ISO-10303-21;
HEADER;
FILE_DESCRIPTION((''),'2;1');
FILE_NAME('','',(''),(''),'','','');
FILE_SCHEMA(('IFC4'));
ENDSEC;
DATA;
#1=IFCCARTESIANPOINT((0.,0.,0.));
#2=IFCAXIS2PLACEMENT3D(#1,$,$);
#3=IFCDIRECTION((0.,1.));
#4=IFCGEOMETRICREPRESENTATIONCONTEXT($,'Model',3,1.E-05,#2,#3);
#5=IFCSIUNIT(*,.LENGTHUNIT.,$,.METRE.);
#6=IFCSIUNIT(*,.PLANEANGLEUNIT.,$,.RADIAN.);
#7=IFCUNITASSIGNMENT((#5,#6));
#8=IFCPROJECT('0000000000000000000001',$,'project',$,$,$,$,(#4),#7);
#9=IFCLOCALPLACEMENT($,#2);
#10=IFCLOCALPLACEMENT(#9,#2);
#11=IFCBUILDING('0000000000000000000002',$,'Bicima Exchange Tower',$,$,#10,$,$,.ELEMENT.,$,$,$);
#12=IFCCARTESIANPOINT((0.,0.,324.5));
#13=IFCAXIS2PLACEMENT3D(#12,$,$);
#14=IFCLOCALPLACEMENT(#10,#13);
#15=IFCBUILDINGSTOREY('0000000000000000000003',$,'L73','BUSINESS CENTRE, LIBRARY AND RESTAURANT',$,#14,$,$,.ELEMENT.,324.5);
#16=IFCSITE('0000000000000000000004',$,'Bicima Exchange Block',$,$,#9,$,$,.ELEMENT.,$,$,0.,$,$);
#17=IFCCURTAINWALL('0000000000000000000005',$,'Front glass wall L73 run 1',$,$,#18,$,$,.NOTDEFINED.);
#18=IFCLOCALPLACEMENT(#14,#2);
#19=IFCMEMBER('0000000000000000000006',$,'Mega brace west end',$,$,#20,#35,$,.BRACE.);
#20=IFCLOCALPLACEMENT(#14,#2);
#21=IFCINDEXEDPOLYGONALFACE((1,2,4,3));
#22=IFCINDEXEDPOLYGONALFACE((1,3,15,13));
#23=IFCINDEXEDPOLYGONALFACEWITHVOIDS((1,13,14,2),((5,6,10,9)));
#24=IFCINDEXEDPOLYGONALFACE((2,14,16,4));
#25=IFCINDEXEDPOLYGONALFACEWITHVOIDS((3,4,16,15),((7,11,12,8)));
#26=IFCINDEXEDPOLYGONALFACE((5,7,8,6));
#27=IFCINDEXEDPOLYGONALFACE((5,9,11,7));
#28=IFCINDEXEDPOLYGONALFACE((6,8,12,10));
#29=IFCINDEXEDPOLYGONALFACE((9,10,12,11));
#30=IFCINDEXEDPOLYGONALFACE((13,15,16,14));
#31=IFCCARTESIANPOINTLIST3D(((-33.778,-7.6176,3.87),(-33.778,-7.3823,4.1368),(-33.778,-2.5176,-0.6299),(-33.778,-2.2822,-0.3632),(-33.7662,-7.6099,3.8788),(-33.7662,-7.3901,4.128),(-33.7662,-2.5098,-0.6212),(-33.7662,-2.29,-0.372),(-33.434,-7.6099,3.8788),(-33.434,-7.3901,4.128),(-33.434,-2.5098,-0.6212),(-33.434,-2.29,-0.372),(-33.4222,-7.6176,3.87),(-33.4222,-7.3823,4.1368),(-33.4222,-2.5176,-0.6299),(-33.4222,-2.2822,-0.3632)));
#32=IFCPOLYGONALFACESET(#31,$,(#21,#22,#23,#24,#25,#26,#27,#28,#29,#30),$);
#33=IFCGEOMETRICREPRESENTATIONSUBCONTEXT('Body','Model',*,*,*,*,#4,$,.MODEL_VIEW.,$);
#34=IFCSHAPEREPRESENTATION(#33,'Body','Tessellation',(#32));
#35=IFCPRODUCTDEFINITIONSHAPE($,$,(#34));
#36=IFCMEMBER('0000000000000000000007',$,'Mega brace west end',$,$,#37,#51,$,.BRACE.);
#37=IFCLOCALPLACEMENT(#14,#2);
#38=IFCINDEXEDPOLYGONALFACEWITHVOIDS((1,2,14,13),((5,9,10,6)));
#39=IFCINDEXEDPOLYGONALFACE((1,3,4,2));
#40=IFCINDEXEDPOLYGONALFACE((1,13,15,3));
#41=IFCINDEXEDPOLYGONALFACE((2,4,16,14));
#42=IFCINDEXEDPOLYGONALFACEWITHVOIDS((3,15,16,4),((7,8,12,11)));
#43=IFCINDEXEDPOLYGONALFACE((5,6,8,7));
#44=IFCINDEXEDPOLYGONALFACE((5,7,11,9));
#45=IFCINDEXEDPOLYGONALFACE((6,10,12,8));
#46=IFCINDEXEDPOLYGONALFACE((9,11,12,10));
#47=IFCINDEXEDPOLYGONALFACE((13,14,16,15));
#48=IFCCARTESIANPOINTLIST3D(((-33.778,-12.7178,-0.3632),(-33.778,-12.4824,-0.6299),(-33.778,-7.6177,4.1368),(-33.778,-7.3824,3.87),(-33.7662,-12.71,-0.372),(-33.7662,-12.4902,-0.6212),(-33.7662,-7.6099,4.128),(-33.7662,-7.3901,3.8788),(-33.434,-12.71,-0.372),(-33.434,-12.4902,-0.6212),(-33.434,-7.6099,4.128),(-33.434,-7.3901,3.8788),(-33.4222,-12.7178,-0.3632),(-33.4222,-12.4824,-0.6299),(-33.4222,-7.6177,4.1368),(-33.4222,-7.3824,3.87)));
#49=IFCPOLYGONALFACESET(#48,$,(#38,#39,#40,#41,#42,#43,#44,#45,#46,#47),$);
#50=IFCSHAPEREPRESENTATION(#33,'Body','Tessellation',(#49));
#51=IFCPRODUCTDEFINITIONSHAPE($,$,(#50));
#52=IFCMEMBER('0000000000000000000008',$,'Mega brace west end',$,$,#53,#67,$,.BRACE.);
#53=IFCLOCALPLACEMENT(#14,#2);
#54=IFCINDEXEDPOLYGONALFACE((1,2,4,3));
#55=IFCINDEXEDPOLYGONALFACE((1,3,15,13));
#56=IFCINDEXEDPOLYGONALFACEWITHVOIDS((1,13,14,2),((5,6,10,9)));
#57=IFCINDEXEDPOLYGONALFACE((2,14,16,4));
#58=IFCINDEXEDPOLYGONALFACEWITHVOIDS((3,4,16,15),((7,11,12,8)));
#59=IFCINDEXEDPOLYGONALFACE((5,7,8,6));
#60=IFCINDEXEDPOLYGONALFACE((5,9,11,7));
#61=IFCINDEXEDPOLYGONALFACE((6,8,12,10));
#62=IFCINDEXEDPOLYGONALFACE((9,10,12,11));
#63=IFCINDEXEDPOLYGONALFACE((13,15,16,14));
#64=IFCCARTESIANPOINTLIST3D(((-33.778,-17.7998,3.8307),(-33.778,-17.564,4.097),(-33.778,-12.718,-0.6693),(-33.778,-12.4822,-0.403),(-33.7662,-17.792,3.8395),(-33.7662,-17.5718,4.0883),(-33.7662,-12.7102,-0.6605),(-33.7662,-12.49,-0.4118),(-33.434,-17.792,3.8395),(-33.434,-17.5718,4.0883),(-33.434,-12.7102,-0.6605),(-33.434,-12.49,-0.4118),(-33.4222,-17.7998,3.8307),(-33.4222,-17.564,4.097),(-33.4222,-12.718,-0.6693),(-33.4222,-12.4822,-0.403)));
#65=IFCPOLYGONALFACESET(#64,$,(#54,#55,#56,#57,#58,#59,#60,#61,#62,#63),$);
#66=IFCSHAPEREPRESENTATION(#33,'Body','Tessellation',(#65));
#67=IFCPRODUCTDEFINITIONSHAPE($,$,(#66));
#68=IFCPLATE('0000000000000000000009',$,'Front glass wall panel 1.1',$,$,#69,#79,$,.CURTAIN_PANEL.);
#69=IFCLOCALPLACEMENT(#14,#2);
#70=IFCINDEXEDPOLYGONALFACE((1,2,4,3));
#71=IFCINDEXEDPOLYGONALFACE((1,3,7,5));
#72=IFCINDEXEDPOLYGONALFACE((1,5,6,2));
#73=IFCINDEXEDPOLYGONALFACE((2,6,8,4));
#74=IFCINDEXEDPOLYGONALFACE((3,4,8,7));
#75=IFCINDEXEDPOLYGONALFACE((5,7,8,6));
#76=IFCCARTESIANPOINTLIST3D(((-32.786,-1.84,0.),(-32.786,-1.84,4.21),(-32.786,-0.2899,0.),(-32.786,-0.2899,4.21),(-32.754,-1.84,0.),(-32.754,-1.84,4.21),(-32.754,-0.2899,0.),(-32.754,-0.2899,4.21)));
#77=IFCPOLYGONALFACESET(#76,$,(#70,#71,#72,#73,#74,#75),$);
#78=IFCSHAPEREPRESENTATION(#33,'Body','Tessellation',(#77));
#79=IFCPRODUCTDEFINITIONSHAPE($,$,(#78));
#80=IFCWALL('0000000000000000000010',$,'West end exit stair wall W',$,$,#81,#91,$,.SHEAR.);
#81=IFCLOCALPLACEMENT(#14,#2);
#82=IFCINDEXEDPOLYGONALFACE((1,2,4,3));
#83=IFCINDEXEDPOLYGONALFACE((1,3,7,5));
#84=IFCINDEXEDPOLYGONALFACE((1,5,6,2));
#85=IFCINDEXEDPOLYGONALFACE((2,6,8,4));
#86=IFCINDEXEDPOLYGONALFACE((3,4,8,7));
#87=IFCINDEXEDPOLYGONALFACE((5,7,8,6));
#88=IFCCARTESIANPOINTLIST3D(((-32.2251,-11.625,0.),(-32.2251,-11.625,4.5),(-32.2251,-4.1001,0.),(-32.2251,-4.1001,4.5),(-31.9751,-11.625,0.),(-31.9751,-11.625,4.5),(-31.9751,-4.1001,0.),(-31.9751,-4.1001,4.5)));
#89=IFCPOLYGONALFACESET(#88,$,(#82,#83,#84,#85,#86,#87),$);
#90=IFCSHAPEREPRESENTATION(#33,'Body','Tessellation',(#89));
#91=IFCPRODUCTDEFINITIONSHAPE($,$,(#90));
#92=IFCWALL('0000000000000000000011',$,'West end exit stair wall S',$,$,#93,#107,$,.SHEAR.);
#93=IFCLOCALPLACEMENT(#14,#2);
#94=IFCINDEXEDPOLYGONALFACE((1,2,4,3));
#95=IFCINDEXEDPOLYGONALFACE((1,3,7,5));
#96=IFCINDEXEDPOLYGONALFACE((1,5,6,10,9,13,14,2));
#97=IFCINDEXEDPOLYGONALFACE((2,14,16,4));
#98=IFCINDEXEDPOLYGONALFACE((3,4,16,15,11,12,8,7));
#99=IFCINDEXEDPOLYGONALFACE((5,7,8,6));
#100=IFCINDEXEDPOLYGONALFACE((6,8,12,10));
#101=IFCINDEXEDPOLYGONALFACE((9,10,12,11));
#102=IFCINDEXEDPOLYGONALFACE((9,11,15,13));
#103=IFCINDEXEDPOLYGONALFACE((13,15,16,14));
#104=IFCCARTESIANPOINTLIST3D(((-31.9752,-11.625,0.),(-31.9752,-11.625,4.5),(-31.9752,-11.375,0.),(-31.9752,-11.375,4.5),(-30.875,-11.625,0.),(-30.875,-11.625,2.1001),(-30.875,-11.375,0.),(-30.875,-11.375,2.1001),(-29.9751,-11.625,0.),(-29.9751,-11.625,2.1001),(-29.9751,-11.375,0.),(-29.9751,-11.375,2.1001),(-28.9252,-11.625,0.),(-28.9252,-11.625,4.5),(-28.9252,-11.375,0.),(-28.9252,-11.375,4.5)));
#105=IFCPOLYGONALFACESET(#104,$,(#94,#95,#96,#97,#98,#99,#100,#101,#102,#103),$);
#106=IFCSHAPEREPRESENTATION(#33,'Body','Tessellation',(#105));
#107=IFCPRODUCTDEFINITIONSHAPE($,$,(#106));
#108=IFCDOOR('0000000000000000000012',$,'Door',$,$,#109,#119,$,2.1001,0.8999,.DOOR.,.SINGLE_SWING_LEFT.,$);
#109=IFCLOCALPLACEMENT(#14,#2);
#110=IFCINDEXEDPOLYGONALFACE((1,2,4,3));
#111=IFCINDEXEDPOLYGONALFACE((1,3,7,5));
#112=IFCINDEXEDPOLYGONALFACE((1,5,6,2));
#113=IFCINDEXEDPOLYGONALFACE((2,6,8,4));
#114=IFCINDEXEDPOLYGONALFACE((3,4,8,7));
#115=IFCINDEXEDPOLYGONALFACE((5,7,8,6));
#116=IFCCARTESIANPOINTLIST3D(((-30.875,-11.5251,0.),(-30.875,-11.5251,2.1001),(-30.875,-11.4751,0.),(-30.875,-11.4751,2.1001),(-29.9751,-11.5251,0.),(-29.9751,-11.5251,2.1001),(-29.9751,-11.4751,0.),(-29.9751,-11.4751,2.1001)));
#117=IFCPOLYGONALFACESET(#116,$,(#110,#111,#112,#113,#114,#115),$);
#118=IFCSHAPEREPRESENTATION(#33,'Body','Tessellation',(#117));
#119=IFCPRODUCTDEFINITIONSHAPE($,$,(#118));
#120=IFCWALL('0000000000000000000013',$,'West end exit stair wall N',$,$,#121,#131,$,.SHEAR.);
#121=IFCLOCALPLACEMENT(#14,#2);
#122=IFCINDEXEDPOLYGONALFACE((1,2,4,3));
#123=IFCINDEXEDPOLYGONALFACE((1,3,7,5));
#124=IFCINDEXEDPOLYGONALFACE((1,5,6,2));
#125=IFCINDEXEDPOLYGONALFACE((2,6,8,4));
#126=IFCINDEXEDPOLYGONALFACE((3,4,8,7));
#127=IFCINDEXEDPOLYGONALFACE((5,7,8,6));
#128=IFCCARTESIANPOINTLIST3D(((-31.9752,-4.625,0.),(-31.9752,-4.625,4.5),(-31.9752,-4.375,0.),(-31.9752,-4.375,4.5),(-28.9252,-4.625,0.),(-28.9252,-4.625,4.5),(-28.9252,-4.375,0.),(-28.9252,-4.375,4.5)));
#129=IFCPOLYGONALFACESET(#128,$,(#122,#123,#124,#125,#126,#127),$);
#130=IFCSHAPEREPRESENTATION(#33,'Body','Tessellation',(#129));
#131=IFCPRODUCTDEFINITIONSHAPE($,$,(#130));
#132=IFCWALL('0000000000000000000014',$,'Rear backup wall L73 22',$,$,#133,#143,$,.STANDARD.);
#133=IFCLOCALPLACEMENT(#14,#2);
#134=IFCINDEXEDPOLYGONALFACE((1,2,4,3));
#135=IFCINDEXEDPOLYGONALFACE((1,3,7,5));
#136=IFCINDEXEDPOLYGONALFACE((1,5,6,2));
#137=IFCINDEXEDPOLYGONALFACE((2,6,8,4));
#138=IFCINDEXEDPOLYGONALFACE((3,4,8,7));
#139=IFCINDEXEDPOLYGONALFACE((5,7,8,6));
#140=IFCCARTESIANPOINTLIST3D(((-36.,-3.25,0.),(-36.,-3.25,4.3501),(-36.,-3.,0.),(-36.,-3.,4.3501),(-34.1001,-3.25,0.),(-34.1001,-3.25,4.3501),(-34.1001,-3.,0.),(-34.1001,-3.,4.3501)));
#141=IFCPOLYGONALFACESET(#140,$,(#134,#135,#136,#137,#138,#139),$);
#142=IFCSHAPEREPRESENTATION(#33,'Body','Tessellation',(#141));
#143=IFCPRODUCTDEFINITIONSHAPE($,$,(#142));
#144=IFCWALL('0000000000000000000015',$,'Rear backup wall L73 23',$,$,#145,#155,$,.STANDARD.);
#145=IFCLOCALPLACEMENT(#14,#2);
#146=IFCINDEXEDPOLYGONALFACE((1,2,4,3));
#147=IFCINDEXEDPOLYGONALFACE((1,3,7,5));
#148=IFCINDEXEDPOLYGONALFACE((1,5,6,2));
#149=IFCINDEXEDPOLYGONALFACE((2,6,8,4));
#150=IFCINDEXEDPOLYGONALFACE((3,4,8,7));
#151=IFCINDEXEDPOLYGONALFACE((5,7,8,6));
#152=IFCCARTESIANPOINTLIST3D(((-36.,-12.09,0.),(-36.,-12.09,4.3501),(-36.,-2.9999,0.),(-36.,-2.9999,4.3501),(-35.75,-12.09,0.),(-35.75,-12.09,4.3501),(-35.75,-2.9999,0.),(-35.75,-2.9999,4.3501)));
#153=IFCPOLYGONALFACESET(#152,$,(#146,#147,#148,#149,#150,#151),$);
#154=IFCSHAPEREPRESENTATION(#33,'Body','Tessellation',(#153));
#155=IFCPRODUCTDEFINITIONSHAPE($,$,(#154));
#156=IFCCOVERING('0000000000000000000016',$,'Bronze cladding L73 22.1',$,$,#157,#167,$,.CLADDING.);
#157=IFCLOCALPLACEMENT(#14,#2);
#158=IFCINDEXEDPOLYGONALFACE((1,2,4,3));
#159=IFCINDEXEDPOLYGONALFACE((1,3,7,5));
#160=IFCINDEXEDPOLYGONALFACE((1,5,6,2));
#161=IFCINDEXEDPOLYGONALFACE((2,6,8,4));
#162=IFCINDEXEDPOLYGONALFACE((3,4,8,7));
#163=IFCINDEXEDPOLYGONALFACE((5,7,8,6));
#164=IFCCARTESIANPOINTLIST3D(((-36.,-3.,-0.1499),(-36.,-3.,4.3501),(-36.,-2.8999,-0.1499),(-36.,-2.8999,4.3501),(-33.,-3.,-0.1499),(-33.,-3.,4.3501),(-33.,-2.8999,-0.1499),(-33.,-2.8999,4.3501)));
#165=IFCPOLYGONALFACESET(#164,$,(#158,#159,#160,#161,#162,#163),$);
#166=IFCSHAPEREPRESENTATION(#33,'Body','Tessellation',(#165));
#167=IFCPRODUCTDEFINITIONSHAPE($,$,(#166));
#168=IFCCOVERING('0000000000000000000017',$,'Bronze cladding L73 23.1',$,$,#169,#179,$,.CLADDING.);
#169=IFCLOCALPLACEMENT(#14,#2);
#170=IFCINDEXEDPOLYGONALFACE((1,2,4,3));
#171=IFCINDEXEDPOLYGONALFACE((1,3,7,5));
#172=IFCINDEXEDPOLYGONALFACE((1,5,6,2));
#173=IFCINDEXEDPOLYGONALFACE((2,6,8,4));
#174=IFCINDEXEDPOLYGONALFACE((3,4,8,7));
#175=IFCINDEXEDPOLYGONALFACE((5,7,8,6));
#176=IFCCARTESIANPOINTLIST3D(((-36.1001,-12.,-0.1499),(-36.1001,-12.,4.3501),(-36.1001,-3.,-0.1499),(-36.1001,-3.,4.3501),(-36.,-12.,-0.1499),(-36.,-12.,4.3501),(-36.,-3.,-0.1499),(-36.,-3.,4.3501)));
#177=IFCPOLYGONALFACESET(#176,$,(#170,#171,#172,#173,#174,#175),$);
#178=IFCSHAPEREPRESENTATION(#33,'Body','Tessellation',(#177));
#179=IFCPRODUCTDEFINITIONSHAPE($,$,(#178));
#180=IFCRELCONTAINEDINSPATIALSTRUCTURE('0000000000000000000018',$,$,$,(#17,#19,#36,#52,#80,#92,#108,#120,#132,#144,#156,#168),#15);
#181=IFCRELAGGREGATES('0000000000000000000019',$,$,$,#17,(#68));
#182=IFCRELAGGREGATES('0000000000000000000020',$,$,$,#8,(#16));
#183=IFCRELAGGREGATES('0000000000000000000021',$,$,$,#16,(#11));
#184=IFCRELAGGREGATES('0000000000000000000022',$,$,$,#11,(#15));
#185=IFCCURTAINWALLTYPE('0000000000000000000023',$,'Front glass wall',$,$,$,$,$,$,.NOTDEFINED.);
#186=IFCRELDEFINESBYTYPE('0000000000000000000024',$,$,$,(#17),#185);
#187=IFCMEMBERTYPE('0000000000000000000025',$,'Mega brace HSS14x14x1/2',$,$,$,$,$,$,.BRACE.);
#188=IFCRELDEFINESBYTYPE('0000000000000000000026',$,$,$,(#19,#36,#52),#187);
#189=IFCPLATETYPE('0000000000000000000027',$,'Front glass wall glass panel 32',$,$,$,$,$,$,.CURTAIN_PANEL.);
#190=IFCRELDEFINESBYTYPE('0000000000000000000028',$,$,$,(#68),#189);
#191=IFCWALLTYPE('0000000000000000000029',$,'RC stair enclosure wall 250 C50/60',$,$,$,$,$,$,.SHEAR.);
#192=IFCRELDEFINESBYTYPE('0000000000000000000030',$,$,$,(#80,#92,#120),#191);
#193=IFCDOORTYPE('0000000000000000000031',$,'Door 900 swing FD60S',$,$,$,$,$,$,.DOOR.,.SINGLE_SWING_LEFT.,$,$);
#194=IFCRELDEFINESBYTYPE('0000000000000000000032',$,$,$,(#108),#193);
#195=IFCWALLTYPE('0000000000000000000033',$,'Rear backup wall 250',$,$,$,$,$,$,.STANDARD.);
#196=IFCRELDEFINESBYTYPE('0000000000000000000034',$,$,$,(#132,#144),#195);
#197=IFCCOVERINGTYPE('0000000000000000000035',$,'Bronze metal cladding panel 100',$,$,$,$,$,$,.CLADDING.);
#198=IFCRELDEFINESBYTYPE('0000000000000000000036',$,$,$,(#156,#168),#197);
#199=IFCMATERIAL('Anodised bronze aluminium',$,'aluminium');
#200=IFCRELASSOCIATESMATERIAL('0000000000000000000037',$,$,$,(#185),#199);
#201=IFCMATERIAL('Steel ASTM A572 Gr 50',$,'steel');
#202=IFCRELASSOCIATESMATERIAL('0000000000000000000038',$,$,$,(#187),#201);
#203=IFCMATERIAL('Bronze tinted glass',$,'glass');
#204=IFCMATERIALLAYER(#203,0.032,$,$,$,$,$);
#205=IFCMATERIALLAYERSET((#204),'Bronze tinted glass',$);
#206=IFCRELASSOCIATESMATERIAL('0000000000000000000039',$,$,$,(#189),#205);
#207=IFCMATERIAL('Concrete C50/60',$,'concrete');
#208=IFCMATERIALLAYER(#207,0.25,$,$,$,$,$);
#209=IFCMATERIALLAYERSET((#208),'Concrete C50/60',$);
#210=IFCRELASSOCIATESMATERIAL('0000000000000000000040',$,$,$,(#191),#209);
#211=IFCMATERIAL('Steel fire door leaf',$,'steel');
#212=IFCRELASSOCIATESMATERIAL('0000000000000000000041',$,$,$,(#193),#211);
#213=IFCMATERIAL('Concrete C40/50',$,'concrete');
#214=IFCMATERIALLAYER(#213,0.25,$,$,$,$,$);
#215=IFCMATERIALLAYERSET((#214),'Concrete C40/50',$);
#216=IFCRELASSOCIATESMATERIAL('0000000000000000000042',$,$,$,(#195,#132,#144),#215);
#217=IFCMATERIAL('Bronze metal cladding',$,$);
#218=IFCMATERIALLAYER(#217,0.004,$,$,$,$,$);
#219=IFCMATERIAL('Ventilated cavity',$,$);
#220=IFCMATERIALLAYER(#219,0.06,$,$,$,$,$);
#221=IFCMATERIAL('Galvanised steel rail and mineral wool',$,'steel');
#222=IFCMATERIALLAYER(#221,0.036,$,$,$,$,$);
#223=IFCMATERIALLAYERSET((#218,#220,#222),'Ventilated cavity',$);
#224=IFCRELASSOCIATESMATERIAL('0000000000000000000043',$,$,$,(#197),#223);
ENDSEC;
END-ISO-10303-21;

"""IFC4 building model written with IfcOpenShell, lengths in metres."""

from ifc_helpers import new_model, si_unit, direction, frame, frame_2d, origin, origin_2d, place, context, subcontext, project, spatial, rectangle, hollow_rectangle, extrude, material, layer, layer_set, layer_usage, material_profile, profile_set, type_object, element, fill, aggregate, save


model = new_model("IFC4")

# Units and contexts
model_context = context("Model", 3, precision=1e-05, world=origin(), true_north=direction((0.0, 1.0)))
body_context = subcontext(model_context, "Body", "Model", "MODEL_VIEW")
ifc_project = project(units=[si_unit("LENGTHUNIT", "METRE"), si_unit("PLANEANGLEUNIT", "RADIAN")], contexts=[model_context])

# Site, building, storey
site_placement = place(None, origin())
site = spatial("IfcSite", under=ifc_project, at=site_placement, Name="Bicima Exchange Block", CompositionType="ELEMENT", RefElevation=0.0)
building_placement = place(site_placement, origin())
building = spatial("IfcBuilding", under=site, at=building_placement, Name="Bicima Exchange Tower", CompositionType="ELEMENT")
storey_placement = place(building_placement, frame((0.0, 0.0, 324.5)))
storey = spatial("IfcBuildingStorey", under=building, at=storey_placement, Name="L73", Description="BUSINESS CENTRE, LIBRARY AND RESTAURANT", CompositionType="ELEMENT", Elevation=324.5)

# Shared definitions
ifc_material_1 = material(Name="Steel ASTM A572 Gr 50", Category="steel")

# Shared definitions
ifc_material_2 = material(Name="Anodised bronze aluminium", Category="aluminium")

# Curtain wall
curtain_wall_type_1 = type_object("IfcCurtainWallType", Name="Front glass wall", PredefinedType="NOTDEFINED", material=ifc_material_2)
curtain_wall_1_placement = place(storey_placement, origin())
curtain_wall_1 = element("IfcCurtainWall", 1, at=curtain_wall_1_placement, inside=storey, type_object=curtain_wall_type_1, Name="Front glass wall L73 run 1", PredefinedType="NOTDEFINED")

# Members
ifc_material_profile_1 = material_profile(ifc_material_1, hollow_rectangle(XDim=0.3557, YDim=0.3557, WallThickness=0.0117, at=origin_2d()))
ifc_profile_set_1 = profile_set([ifc_material_profile_1], Name="Steel ASTM A572 Gr 50")
member_type_1 = type_object("IfcMemberType", Name="Mega brace HSS14x14x1/2", PredefinedType="BRACE", material=ifc_profile_set_1)
for number, where, z_axis, x_axis, name in (
    (2, (-33.6001, -2.3999, -0.4966), (0.0, -0.749844, 0.661615), (1.0, 0.0, 0.0), "Mega brace west end"),
    (3, (-33.6001, -12.6001, -0.4966), (0.0, 0.749844, 0.661615), (-1.0, 0.0, 0.0), "Mega brace west end"),
):
    element("IfcMember", number, at=place(storey_placement, frame(where, z_axis=z_axis, x_axis=x_axis)), inside=storey, type_object=member_type_1, Name=name, PredefinedType="BRACE", context=body_context, shape_type="SweptSolid", body=[
        extrude(hollow_rectangle(XDim=0.3557, YDim=0.3557, WallThickness=0.0117, at=origin_2d()), origin(), (0.0, 0.0, 1.0), 6.8015),
    ])
member_1_placement = place(storey_placement, frame((-33.6001, -12.6001, -0.5361), z_axis=(0.0, -0.748662, 0.662952), x_axis=(1.0, 0.0, 0.0)))
element("IfcMember", 4, at=member_1_placement, inside=storey, type_object=member_type_1, Name="Mega brace west end", PredefinedType="BRACE", context=body_context, shape_type="SweptSolid", body=[
    extrude(hollow_rectangle(XDim=0.3557, YDim=0.3557, WallThickness=0.0117, at=origin_2d()), origin(), (0.0, 0.0, 1.0), 6.7878),
])

# Plate
ifc_material_3 = material(Name="Bronze tinted glass", Category="glass")
ifc_layer_1 = layer(ifc_material_3, 0.032)
ifc_layer_set_1 = layer_set([ifc_layer_1], Name="Bronze tinted glass")
plate_type = type_object("IfcPlateType", Name="Front glass wall glass panel 32", PredefinedType="CURTAIN_PANEL", material=ifc_layer_set_1)
plate_placement = place(storey_placement, frame((-32.77, -1.0649, 0.0), z_axis=(0.0, 0.0, 1.0), x_axis=(0.0, -1.0, 0.0)))
plate = element("IfcPlate", 5, at=plate_placement, type_object=plate_type, Name="Front glass wall panel 1.1", PredefinedType="CURTAIN_PANEL", context=body_context, shape_type="SweptSolid", body=[
    extrude(rectangle(XDim=1.55, YDim=0.032, at=origin_2d()), origin(), (0.0, 0.0, 1.0), 4.21),
])
aggregate(curtain_wall_1, [plate])

# Wall
ifc_material_4 = material(Name="Concrete C50/60", Category="concrete")
ifc_layer_2 = layer(ifc_material_4, 0.25)
ifc_layer_set_2 = layer_set([ifc_layer_2], Name="Concrete C50/60")
wall_type_1 = type_object("IfcWallType", Name="RC stair enclosure wall 250 C50/60", PredefinedType="SHEAR", material=ifc_layer_set_2)
wall_1_placement = place(storey_placement, frame((-32.1001, -11.625, 0.0), z_axis=(0.0, 0.0, 1.0), x_axis=(0.0, 1.0, 0.0)))
element("IfcWall", 6, at=wall_1_placement, inside=storey, type_object=wall_type_1, Name="West end exit stair wall W", PredefinedType="SHEAR", context=body_context, shape_type="SweptSolid", body=[
    extrude(rectangle(XDim=7.5249, YDim=0.25, at=frame_2d((3.7625, 0.0))), origin(), (0.0, 0.0, 1.0), 4.5),
])

# Wall, opening, door
wall_2_placement = place(storey_placement, frame((-31.9751, -11.5, 0.0), z_axis=(0.0, 0.0, 1.0), x_axis=(1.0, 0.0, 0.0)))
wall_2 = element("IfcWall", 7, at=wall_2_placement, inside=storey, type_object=wall_type_1, Name="West end exit stair wall S", PredefinedType="SHEAR", context=body_context, shape_type="SweptSolid", body=[
    extrude(rectangle(XDim=3.05, YDim=0.25, at=frame_2d((1.5249, 0.0))), origin(), (0.0, 0.0, 1.0), 4.5),
])
opening_placement = place(wall_2_placement, frame((1.1001, 0.0, 0.0)))
opening = element("IfcOpeningElement", 8, at=opening_placement, cuts=wall_2, PredefinedType="OPENING", context=body_context, shape_type="SweptSolid", body=[
    extrude(rectangle(XDim=0.8999, YDim=2.1001, at=frame_2d((0.45, 1.05))), frame((0.0, 0.137, 0.0), z_axis=(0.0, -1.0, 0.0), x_axis=(1.0, 0.0, 0.0)), (0.0, 0.0, 1.0), 0.2739),
])
ifc_material_5 = material(Name="Steel fire door leaf", Category="steel")
door_type = type_object("IfcDoorType", Name="Door 900 swing FD60S", OperationType="SINGLE_SWING_LEFT", PredefinedType="DOOR", material=ifc_material_5)
door_placement = place(opening_placement, origin())
door = element("IfcDoor", 9, at=door_placement, inside=storey, type_object=door_type, Name="Door", OperationType="SINGLE_SWING_LEFT", OverallHeight=2.1001, OverallWidth=0.8999, PredefinedType="DOOR", context=body_context, shape_type="SweptSolid", body=[
    extrude(rectangle(XDim=0.8999, YDim=2.1001, at=frame_2d((0.45, 1.05))), frame((0.0, 0.0249, 0.0), z_axis=(0.0, -1.0, 0.0), x_axis=(1.0, 0.0, 0.0)), (0.0, 0.0, 1.0), 0.05),
])
fill(opening, door)

# Walls
wall_3_placement = place(storey_placement, frame((-31.9751, -4.5, 0.0), z_axis=(0.0, 0.0, 1.0), x_axis=(1.0, 0.0, 0.0)))
element("IfcWall", 10, at=wall_3_placement, inside=storey, type_object=wall_type_1, Name="West end exit stair wall N", PredefinedType="SHEAR", context=body_context, shape_type="SweptSolid", body=[
    extrude(rectangle(XDim=3.05, YDim=0.25, at=frame_2d((1.5249, 0.0))), origin(), (0.0, 0.0, 1.0), 4.5),
])
ifc_material_6 = material(Name="Concrete C40/50", Category="concrete")
ifc_layer_3 = layer(ifc_material_6, 0.25)
ifc_layer_set_3 = layer_set([ifc_layer_3], Name="Concrete C40/50")
ifc_layer_usage = layer_usage(ifc_layer_set_3, "AXIS2", "POSITIVE", -0.125)
wall_type_2 = type_object("IfcWallType", Name="Rear backup wall 250", PredefinedType="STANDARD", material=ifc_layer_set_3)
wall_4_placement = place(storey_placement, frame((-34.1001, -3.125, 0.0), z_axis=(0.0, 0.0, 1.0), x_axis=(-1.0, 0.0, 0.0)))
element("IfcWall", 11, at=wall_4_placement, inside=storey, type_object=wall_type_2, material=ifc_layer_usage, Name="Rear backup wall L73 22", PredefinedType="STANDARD", context=body_context, shape_type="SweptSolid", body=[
    extrude(rectangle(XDim=1.8999, YDim=0.25, at=frame_2d((0.95, 0.0))), origin(), (0.0, 0.0, 1.0), 4.3501),
])
wall_5_placement = place(storey_placement, frame((-35.875, -3.0, 0.0), z_axis=(0.0, 0.0, 1.0), x_axis=(0.0, -1.0, 0.0)))
element("IfcWall", 12, at=wall_5_placement, inside=storey, type_object=wall_type_2, material=ifc_layer_usage, Name="Rear backup wall L73 23", PredefinedType="STANDARD", context=body_context, shape_type="SweptSolid", body=[
    extrude(rectangle(XDim=9.0901, YDim=0.25, at=frame_2d((4.5449, 0.0))), origin(), (0.0, 0.0, 1.0), 4.3501),
])

# Coverings
ifc_material_7 = material(Name="Bronze metal cladding")
ifc_layer_4 = layer(ifc_material_7, 0.004)
ifc_material_8 = material(Name="Ventilated cavity")
ifc_layer_5 = layer(ifc_material_8, 0.06)
ifc_material_9 = material(Name="Galvanised steel rail and mineral wool", Category="steel")
ifc_layer_6 = layer(ifc_material_9, 0.036)
ifc_layer_set_4 = layer_set([ifc_layer_4, ifc_layer_5, ifc_layer_6], Name="Ventilated cavity")
covering_type = type_object("IfcCoveringType", Name="Bronze metal cladding panel 100", PredefinedType="CLADDING", material=ifc_layer_set_4)
covering_1_placement = place(storey_placement, frame((-34.5, -2.95, -0.1499), z_axis=(0.0, 0.0, 1.0), x_axis=(-1.0, 0.0, 0.0)))
element("IfcCovering", 13, at=covering_1_placement, inside=storey, type_object=covering_type, Name="Bronze cladding L73 22.1", PredefinedType="CLADDING", context=body_context, shape_type="SweptSolid", body=[
    extrude(rectangle(XDim=3.0, YDim=0.1001, at=origin_2d()), origin(), (0.0, 0.0, 1.0), 4.5),
])
covering_2_placement = place(storey_placement, frame((-36.05, -7.5, -0.1499), z_axis=(0.0, 0.0, 1.0), x_axis=(0.0, -1.0, 0.0)))
element("IfcCovering", 14, at=covering_2_placement, inside=storey, type_object=covering_type, Name="Bronze cladding L73 23.1", PredefinedType="CLADDING", context=body_context, shape_type="SweptSolid", body=[
    extrude(rectangle(XDim=9.0, YDim=0.1001, at=origin_2d()), origin(), (0.0, 0.0, 1.0), 4.5),
])

save(model, "model.ifc")
